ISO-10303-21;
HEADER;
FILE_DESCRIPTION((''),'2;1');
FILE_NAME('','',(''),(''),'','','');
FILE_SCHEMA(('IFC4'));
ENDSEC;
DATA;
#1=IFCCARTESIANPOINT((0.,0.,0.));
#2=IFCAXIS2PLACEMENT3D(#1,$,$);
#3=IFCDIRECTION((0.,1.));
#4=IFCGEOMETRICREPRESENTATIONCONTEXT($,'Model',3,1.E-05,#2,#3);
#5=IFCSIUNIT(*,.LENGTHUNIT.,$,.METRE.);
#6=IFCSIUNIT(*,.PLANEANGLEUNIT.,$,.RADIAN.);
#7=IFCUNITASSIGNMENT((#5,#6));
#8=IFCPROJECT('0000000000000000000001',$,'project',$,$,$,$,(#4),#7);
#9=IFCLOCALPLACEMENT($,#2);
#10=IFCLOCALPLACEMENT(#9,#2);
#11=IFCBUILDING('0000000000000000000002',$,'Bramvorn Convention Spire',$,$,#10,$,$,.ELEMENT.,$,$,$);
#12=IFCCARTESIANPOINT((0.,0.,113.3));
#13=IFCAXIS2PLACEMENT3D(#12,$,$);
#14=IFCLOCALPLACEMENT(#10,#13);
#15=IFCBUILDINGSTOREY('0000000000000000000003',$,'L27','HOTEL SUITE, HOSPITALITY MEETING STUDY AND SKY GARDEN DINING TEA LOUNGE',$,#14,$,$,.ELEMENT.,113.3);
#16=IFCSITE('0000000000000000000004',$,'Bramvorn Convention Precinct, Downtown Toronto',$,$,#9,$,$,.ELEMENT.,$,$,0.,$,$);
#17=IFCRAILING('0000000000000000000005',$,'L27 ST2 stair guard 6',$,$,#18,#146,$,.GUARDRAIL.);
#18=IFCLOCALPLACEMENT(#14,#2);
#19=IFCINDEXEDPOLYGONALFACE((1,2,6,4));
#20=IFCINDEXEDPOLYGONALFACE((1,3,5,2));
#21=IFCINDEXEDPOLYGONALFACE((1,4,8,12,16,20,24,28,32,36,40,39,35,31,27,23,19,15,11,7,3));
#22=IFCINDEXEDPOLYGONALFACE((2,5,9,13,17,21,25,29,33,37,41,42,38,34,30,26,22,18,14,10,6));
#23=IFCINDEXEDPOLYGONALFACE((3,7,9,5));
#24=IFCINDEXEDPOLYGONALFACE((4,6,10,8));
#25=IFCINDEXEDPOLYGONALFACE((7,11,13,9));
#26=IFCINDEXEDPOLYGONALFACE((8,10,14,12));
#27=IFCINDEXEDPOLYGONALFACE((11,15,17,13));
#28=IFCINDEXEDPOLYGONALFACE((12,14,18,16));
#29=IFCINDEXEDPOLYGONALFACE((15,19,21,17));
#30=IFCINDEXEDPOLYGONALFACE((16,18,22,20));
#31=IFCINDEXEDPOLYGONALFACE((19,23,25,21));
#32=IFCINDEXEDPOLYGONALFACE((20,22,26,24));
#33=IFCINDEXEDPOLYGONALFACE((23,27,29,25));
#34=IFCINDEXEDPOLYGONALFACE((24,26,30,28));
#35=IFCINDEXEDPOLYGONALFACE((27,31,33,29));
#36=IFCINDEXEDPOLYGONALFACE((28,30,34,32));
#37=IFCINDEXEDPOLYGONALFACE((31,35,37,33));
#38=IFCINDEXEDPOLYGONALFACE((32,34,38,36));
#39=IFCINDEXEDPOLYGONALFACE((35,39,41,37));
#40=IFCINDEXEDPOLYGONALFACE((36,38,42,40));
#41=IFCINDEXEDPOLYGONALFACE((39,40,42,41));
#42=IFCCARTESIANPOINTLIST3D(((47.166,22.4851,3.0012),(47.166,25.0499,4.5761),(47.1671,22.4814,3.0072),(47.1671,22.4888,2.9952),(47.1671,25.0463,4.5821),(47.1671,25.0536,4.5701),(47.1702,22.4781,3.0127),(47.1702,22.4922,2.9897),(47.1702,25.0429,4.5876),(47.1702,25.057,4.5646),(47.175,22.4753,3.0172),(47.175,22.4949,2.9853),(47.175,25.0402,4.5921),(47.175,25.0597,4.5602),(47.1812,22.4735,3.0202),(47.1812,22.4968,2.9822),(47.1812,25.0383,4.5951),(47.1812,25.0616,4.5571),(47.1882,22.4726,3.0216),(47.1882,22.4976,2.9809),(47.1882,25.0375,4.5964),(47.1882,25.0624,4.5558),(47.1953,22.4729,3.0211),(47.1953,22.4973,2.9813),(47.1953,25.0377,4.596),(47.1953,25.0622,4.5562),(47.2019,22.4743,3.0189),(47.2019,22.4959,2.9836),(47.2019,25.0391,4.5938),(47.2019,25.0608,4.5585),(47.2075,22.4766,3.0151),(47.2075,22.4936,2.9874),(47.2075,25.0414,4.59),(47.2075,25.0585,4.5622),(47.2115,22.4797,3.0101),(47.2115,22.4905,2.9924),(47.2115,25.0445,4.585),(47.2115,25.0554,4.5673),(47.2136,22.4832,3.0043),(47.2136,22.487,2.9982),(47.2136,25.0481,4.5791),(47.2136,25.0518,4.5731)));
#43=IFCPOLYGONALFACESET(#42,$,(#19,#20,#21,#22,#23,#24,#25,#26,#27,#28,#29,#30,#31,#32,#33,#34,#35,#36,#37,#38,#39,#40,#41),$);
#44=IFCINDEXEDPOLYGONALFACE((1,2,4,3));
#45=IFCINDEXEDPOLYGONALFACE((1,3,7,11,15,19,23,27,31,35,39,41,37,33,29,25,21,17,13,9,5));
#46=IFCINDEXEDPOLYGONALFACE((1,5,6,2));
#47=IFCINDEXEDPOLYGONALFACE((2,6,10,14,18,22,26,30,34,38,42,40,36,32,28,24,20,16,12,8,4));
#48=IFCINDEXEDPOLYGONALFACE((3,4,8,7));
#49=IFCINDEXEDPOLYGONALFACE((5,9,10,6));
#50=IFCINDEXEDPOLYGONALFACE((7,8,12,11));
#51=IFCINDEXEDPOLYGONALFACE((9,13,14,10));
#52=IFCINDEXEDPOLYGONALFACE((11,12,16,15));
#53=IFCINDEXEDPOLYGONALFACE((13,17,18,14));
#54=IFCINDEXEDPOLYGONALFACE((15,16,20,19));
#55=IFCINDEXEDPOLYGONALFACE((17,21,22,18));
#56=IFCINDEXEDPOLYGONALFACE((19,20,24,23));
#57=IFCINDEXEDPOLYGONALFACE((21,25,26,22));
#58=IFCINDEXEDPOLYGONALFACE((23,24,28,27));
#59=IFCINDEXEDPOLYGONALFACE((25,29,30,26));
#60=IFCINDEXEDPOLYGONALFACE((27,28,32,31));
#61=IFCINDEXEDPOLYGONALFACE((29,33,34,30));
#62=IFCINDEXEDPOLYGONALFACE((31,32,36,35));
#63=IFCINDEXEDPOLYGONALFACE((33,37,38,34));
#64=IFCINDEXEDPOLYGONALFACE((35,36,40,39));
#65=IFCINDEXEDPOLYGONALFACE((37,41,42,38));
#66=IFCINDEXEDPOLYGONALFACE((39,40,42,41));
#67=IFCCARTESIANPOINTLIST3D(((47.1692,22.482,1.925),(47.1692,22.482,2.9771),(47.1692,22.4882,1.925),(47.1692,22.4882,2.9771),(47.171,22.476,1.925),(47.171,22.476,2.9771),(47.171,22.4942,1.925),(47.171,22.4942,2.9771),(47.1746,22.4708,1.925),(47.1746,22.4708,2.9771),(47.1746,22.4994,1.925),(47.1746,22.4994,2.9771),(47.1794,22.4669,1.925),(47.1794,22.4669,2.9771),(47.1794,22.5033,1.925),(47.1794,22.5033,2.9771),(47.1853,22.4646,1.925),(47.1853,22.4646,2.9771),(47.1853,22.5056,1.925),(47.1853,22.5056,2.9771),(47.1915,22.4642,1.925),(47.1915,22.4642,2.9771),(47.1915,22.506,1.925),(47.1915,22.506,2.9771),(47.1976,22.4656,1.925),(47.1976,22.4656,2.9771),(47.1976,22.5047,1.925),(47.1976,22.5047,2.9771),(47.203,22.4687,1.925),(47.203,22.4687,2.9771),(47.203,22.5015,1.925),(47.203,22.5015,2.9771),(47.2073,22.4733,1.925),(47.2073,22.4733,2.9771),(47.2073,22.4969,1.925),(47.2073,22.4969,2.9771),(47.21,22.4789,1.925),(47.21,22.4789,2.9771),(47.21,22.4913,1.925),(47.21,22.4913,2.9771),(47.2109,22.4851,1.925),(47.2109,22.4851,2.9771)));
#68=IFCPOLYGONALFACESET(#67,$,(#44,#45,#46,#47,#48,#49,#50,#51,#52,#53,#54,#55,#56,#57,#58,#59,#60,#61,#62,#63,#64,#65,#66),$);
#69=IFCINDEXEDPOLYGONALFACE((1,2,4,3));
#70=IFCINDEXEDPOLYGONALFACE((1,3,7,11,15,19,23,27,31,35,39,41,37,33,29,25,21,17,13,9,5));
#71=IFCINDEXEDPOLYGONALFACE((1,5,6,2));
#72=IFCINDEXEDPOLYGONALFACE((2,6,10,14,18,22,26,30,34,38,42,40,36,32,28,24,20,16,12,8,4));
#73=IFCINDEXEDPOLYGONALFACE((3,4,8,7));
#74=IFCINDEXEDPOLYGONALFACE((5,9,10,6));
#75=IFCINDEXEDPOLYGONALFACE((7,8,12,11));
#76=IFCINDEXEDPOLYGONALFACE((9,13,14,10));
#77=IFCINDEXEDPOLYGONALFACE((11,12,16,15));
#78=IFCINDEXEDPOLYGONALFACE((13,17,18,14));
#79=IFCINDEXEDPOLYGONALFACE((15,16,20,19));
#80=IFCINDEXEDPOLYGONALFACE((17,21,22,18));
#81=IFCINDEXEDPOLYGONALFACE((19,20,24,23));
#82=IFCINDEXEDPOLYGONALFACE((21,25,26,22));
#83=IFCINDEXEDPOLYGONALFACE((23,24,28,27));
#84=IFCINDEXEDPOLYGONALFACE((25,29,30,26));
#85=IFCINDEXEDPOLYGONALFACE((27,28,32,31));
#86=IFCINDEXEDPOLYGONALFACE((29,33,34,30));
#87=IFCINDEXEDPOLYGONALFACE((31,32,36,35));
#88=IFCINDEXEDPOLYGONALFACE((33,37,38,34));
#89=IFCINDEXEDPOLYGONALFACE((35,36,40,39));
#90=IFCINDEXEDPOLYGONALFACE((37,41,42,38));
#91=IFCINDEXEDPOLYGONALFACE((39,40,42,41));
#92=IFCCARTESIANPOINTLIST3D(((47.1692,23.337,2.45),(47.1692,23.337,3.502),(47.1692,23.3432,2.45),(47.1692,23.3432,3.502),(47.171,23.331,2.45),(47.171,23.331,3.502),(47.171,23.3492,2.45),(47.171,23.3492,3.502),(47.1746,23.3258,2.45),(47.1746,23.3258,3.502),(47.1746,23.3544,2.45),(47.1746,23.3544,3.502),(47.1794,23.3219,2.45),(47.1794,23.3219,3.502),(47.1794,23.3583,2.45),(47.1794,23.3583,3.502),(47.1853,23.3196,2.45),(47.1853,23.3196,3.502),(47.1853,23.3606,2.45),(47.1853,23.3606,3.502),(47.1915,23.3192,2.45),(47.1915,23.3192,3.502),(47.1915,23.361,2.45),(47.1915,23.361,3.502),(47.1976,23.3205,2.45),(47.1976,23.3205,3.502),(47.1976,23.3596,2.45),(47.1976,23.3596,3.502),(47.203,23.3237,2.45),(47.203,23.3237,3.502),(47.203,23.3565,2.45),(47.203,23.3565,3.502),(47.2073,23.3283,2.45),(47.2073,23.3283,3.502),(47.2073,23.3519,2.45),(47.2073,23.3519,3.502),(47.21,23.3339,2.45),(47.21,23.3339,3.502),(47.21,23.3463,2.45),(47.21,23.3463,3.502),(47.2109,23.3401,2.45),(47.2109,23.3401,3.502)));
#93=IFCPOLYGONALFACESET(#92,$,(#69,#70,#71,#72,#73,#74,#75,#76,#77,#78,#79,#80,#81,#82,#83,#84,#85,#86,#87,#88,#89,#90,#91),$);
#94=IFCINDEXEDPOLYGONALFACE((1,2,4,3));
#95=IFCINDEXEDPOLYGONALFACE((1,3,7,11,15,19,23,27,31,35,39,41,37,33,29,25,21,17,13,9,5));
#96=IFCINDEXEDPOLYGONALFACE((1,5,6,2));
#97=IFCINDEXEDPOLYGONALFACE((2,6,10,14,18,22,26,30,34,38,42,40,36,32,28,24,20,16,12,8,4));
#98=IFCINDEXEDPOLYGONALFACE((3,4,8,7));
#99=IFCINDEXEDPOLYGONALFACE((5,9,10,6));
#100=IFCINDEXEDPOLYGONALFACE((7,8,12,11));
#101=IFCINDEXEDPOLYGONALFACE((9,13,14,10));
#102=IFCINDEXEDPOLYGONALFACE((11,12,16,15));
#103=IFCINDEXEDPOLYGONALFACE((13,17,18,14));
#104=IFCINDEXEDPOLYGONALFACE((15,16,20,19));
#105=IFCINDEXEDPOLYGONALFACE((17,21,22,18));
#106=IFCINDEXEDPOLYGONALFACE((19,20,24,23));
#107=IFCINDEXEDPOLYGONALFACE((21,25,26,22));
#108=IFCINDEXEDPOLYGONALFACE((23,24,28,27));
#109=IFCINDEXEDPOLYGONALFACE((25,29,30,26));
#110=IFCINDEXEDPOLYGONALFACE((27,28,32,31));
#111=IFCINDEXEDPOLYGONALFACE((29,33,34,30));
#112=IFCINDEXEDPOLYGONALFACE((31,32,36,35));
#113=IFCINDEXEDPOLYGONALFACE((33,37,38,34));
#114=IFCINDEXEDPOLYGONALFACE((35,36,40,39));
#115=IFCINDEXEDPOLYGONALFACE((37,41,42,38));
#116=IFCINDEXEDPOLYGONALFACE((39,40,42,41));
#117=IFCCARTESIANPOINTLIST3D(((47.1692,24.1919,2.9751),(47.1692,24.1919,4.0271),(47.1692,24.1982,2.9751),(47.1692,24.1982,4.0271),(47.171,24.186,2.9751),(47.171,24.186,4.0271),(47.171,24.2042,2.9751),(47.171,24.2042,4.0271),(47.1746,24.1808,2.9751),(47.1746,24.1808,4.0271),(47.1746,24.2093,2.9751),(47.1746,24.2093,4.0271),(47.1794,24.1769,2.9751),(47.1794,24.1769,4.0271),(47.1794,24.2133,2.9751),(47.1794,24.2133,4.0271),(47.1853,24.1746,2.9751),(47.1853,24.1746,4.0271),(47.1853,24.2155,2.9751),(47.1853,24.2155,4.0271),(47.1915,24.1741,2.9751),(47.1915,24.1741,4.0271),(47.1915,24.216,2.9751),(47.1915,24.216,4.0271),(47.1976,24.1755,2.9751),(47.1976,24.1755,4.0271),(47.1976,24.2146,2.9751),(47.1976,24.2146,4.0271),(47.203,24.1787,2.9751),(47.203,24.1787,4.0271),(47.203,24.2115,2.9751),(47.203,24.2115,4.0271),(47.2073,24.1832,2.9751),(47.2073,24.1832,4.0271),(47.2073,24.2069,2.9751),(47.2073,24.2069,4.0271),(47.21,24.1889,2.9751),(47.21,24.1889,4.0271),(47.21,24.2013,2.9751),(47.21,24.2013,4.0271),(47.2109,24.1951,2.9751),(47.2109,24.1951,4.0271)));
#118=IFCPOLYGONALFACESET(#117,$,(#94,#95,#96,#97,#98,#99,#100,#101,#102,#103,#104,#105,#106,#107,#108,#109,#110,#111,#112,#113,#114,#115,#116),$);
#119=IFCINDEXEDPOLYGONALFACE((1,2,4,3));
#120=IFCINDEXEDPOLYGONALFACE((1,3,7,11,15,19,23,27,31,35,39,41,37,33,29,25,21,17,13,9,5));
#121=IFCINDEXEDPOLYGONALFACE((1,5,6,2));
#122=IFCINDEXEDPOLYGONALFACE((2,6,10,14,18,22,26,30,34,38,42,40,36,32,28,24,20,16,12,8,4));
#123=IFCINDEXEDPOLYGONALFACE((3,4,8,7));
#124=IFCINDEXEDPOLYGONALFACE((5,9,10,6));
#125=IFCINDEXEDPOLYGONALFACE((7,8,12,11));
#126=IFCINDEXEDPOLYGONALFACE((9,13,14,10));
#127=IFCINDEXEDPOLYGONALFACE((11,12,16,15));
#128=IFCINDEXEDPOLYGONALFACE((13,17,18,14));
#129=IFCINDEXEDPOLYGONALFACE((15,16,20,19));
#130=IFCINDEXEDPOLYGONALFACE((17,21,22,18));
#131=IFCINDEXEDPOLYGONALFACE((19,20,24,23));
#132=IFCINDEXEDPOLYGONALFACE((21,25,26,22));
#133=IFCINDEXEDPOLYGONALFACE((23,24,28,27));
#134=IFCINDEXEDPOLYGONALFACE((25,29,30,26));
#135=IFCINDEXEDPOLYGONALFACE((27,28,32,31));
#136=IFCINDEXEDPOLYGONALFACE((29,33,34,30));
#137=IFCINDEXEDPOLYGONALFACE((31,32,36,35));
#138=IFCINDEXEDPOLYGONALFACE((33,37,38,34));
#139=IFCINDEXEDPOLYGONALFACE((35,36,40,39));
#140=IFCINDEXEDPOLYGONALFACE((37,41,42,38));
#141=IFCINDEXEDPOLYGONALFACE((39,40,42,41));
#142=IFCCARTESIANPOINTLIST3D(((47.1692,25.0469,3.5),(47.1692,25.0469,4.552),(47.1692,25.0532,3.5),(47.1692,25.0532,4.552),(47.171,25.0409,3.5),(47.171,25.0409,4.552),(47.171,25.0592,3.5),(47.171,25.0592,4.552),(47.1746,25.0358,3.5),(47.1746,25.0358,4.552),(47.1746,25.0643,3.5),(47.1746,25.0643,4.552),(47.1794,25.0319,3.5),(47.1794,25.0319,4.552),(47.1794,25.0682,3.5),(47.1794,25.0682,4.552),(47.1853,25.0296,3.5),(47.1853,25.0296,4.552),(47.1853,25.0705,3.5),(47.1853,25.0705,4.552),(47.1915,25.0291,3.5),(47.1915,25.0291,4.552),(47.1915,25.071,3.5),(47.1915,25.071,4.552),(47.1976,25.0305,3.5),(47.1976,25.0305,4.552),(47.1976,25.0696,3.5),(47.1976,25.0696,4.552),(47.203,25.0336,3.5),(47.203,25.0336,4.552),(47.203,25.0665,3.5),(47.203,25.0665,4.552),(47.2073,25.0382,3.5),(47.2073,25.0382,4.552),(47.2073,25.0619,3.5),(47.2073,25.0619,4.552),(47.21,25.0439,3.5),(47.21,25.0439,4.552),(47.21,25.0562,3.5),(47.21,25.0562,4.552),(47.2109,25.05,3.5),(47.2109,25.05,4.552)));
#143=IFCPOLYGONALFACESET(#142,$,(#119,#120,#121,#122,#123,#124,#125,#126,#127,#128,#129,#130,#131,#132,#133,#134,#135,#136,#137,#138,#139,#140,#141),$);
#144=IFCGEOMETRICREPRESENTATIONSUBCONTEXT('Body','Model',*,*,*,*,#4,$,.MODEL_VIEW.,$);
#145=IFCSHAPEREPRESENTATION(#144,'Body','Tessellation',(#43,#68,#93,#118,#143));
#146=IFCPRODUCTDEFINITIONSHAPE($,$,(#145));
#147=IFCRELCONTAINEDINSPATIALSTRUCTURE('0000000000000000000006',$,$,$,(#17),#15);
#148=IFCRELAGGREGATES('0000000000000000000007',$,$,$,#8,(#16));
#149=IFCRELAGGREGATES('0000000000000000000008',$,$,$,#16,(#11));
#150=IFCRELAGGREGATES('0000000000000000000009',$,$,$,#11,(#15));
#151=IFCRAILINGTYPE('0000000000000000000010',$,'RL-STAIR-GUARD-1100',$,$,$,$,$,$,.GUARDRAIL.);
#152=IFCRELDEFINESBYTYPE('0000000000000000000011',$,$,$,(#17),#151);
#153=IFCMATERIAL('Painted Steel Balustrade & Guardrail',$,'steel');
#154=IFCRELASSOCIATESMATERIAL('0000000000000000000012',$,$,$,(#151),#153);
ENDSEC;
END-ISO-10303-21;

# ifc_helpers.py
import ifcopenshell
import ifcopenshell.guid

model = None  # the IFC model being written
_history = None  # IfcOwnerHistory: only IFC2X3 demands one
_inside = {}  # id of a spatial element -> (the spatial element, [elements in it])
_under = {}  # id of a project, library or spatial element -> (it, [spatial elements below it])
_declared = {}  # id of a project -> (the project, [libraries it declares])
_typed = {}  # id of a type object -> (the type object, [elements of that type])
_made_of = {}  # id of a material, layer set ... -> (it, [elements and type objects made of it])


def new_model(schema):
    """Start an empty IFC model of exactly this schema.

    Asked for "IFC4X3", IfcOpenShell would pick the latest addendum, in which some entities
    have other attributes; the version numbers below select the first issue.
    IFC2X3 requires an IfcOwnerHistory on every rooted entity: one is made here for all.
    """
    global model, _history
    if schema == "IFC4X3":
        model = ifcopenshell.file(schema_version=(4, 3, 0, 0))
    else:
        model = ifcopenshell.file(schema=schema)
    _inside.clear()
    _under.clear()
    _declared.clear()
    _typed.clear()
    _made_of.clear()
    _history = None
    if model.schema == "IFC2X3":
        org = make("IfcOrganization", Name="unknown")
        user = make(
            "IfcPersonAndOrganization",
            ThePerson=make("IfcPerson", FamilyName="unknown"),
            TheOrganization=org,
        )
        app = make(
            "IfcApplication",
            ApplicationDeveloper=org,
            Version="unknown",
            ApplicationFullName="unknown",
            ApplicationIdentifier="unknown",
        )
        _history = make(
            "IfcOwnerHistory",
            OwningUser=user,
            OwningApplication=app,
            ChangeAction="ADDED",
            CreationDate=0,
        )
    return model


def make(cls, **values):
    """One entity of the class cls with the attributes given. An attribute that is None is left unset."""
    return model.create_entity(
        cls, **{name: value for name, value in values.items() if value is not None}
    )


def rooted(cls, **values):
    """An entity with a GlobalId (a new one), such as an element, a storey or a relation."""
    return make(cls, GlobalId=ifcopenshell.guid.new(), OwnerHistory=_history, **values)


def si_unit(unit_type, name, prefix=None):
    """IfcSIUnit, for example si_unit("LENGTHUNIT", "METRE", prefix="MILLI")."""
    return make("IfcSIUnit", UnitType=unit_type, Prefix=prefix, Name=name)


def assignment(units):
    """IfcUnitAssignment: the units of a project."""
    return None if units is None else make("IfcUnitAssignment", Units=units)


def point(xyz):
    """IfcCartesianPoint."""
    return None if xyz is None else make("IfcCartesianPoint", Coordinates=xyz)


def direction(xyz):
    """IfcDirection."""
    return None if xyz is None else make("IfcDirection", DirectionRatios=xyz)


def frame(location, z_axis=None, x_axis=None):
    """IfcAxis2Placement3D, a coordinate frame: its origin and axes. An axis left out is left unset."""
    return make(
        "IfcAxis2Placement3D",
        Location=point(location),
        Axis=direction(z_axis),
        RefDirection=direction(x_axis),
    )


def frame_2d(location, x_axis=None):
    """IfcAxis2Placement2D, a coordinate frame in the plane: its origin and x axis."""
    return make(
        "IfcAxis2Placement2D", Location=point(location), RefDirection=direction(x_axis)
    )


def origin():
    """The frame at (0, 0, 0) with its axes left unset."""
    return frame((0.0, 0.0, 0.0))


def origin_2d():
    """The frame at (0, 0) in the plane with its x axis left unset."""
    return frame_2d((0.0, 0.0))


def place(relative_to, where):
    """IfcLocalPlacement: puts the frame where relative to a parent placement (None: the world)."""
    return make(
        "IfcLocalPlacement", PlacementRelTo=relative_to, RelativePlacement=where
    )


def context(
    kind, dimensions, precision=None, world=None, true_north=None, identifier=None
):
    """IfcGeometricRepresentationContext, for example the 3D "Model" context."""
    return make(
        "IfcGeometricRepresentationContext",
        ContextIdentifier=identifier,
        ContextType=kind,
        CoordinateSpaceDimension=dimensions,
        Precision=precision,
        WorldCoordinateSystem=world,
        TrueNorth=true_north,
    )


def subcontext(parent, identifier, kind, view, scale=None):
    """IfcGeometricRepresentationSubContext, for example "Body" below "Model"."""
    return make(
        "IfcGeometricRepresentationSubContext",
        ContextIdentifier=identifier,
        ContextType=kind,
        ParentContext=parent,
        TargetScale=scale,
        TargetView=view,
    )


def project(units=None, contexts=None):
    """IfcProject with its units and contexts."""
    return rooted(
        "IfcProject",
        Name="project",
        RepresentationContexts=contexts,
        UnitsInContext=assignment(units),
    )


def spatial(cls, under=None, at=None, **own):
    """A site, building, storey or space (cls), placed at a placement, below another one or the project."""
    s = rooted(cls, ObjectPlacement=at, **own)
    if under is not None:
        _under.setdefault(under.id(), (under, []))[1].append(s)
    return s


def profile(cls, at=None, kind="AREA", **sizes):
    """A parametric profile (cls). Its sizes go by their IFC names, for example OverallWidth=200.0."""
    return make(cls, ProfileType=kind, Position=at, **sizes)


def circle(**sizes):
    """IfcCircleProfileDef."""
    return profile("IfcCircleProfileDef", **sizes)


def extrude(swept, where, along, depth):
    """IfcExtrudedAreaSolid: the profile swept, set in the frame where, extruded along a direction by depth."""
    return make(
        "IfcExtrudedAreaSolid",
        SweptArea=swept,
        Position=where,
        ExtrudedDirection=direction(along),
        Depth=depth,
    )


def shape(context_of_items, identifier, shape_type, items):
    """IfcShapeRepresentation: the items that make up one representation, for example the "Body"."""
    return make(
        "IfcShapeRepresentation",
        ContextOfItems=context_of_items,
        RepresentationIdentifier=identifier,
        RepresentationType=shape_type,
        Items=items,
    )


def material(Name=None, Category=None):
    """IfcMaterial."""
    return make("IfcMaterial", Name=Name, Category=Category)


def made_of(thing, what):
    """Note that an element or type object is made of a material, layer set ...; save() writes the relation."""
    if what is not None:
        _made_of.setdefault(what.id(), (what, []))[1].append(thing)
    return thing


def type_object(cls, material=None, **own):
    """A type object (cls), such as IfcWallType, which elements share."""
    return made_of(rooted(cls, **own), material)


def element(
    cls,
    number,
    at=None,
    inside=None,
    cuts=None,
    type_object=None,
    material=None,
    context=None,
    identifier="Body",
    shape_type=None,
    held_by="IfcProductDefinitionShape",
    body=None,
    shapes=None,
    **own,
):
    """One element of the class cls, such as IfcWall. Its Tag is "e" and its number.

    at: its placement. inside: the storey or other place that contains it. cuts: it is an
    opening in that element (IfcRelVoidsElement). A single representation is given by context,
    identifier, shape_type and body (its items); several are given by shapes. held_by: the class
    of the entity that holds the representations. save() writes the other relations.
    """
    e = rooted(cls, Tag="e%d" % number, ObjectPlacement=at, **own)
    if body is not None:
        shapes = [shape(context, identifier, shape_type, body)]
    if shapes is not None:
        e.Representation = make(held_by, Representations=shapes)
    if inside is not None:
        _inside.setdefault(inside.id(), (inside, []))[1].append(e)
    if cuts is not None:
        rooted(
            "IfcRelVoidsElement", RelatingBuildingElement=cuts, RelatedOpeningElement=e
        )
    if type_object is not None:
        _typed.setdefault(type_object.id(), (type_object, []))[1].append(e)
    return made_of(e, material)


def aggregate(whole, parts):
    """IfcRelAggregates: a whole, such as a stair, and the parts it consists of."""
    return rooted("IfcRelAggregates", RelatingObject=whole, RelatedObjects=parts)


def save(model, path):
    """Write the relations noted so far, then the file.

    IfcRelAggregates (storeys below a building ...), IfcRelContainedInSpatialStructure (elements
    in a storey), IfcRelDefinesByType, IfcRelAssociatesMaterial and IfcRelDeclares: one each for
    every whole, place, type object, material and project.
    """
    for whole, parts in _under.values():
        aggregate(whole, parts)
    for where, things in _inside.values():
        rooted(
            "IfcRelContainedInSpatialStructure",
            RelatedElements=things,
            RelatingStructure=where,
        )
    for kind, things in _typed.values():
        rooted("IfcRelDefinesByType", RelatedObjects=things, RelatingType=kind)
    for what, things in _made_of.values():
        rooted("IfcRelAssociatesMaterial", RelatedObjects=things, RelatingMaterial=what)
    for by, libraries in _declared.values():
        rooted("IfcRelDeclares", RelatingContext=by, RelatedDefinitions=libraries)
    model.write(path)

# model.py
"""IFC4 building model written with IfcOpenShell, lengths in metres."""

from ifc_helpers import new_model, si_unit, direction, frame, origin, origin_2d, place, context, subcontext, project, spatial, circle, extrude, material, type_object, element, save


model = new_model("IFC4")

# Units and contexts
model_context = context("Model", 3, precision=1e-05, world=origin(), true_north=direction((0.0, 1.0)))
body_context = subcontext(model_context, "Body", "Model", "MODEL_VIEW")
ifc_project = project(units=[si_unit("LENGTHUNIT", "METRE"), si_unit("PLANEANGLEUNIT", "RADIAN")], contexts=[model_context])

# Site, building, storey
site_placement = place(None, origin())
site = spatial("IfcSite", under=ifc_project, at=site_placement, Name="Bramvorn Convention Precinct, Downtown Toronto", CompositionType="ELEMENT", RefElevation=0.0)
building_placement = place(site_placement, origin())
building = spatial("IfcBuilding", under=site, at=building_placement, Name="Bramvorn Convention Spire", CompositionType="ELEMENT")
storey_placement = place(building_placement, frame((0.0, 0.0, 113.3)))
storey = spatial("IfcBuildingStorey", under=building, at=storey_placement, Name="L27", Description="HOTEL SUITE, HOSPITALITY MEETING STUDY AND SKY GARDEN DINING TEA LOUNGE", CompositionType="ELEMENT", Elevation=113.3)

# Railing
ifc_material_1 = material(Name="Painted Steel Balustrade & Guardrail", Category="steel")
railing_type_1 = type_object("IfcRailingType", Name="RL-STAIR-GUARD-1100", PredefinedType="GUARDRAIL", material=ifc_material_1)
railing_1_placement = place(storey_placement, frame((47.1899, 22.4851, 1.925)))
element("IfcRailing", 1, at=railing_1_placement, inside=storey, type_object=railing_type_1, Name="L27 ST2 stair guard 6", PredefinedType="GUARDRAIL", context=body_context, shape_type="SweptSolid", body=[
    extrude(circle(Radius=0.0239, at=origin_2d()), frame((0.0, 0.0, 1.0762), z_axis=(0.0, 0.852173, 0.52326), x_axis=(-1.0, 0.0, 0.0)), (0.0, 0.0, 1.0), 3.0098),
    extrude(circle(Radius=0.021, at=origin_2d()), origin(), (0.0, 0.0, 1.0), 1.052),
    extrude(circle(Radius=0.021, at=origin_2d()), frame((0.0, 0.855, 0.5249)), (0.0, 0.0, 1.0), 1.052),
    extrude(circle(Radius=0.021, at=origin_2d()), frame((0.0, 1.71, 1.05)), (0.0, 0.0, 1.0), 1.052),
    extrude(circle(Radius=0.021, at=origin_2d()), frame((0.0, 2.5649, 1.575)), (0.0, 0.0, 1.0), 1.052),
])

save(model, "model.ifc")
